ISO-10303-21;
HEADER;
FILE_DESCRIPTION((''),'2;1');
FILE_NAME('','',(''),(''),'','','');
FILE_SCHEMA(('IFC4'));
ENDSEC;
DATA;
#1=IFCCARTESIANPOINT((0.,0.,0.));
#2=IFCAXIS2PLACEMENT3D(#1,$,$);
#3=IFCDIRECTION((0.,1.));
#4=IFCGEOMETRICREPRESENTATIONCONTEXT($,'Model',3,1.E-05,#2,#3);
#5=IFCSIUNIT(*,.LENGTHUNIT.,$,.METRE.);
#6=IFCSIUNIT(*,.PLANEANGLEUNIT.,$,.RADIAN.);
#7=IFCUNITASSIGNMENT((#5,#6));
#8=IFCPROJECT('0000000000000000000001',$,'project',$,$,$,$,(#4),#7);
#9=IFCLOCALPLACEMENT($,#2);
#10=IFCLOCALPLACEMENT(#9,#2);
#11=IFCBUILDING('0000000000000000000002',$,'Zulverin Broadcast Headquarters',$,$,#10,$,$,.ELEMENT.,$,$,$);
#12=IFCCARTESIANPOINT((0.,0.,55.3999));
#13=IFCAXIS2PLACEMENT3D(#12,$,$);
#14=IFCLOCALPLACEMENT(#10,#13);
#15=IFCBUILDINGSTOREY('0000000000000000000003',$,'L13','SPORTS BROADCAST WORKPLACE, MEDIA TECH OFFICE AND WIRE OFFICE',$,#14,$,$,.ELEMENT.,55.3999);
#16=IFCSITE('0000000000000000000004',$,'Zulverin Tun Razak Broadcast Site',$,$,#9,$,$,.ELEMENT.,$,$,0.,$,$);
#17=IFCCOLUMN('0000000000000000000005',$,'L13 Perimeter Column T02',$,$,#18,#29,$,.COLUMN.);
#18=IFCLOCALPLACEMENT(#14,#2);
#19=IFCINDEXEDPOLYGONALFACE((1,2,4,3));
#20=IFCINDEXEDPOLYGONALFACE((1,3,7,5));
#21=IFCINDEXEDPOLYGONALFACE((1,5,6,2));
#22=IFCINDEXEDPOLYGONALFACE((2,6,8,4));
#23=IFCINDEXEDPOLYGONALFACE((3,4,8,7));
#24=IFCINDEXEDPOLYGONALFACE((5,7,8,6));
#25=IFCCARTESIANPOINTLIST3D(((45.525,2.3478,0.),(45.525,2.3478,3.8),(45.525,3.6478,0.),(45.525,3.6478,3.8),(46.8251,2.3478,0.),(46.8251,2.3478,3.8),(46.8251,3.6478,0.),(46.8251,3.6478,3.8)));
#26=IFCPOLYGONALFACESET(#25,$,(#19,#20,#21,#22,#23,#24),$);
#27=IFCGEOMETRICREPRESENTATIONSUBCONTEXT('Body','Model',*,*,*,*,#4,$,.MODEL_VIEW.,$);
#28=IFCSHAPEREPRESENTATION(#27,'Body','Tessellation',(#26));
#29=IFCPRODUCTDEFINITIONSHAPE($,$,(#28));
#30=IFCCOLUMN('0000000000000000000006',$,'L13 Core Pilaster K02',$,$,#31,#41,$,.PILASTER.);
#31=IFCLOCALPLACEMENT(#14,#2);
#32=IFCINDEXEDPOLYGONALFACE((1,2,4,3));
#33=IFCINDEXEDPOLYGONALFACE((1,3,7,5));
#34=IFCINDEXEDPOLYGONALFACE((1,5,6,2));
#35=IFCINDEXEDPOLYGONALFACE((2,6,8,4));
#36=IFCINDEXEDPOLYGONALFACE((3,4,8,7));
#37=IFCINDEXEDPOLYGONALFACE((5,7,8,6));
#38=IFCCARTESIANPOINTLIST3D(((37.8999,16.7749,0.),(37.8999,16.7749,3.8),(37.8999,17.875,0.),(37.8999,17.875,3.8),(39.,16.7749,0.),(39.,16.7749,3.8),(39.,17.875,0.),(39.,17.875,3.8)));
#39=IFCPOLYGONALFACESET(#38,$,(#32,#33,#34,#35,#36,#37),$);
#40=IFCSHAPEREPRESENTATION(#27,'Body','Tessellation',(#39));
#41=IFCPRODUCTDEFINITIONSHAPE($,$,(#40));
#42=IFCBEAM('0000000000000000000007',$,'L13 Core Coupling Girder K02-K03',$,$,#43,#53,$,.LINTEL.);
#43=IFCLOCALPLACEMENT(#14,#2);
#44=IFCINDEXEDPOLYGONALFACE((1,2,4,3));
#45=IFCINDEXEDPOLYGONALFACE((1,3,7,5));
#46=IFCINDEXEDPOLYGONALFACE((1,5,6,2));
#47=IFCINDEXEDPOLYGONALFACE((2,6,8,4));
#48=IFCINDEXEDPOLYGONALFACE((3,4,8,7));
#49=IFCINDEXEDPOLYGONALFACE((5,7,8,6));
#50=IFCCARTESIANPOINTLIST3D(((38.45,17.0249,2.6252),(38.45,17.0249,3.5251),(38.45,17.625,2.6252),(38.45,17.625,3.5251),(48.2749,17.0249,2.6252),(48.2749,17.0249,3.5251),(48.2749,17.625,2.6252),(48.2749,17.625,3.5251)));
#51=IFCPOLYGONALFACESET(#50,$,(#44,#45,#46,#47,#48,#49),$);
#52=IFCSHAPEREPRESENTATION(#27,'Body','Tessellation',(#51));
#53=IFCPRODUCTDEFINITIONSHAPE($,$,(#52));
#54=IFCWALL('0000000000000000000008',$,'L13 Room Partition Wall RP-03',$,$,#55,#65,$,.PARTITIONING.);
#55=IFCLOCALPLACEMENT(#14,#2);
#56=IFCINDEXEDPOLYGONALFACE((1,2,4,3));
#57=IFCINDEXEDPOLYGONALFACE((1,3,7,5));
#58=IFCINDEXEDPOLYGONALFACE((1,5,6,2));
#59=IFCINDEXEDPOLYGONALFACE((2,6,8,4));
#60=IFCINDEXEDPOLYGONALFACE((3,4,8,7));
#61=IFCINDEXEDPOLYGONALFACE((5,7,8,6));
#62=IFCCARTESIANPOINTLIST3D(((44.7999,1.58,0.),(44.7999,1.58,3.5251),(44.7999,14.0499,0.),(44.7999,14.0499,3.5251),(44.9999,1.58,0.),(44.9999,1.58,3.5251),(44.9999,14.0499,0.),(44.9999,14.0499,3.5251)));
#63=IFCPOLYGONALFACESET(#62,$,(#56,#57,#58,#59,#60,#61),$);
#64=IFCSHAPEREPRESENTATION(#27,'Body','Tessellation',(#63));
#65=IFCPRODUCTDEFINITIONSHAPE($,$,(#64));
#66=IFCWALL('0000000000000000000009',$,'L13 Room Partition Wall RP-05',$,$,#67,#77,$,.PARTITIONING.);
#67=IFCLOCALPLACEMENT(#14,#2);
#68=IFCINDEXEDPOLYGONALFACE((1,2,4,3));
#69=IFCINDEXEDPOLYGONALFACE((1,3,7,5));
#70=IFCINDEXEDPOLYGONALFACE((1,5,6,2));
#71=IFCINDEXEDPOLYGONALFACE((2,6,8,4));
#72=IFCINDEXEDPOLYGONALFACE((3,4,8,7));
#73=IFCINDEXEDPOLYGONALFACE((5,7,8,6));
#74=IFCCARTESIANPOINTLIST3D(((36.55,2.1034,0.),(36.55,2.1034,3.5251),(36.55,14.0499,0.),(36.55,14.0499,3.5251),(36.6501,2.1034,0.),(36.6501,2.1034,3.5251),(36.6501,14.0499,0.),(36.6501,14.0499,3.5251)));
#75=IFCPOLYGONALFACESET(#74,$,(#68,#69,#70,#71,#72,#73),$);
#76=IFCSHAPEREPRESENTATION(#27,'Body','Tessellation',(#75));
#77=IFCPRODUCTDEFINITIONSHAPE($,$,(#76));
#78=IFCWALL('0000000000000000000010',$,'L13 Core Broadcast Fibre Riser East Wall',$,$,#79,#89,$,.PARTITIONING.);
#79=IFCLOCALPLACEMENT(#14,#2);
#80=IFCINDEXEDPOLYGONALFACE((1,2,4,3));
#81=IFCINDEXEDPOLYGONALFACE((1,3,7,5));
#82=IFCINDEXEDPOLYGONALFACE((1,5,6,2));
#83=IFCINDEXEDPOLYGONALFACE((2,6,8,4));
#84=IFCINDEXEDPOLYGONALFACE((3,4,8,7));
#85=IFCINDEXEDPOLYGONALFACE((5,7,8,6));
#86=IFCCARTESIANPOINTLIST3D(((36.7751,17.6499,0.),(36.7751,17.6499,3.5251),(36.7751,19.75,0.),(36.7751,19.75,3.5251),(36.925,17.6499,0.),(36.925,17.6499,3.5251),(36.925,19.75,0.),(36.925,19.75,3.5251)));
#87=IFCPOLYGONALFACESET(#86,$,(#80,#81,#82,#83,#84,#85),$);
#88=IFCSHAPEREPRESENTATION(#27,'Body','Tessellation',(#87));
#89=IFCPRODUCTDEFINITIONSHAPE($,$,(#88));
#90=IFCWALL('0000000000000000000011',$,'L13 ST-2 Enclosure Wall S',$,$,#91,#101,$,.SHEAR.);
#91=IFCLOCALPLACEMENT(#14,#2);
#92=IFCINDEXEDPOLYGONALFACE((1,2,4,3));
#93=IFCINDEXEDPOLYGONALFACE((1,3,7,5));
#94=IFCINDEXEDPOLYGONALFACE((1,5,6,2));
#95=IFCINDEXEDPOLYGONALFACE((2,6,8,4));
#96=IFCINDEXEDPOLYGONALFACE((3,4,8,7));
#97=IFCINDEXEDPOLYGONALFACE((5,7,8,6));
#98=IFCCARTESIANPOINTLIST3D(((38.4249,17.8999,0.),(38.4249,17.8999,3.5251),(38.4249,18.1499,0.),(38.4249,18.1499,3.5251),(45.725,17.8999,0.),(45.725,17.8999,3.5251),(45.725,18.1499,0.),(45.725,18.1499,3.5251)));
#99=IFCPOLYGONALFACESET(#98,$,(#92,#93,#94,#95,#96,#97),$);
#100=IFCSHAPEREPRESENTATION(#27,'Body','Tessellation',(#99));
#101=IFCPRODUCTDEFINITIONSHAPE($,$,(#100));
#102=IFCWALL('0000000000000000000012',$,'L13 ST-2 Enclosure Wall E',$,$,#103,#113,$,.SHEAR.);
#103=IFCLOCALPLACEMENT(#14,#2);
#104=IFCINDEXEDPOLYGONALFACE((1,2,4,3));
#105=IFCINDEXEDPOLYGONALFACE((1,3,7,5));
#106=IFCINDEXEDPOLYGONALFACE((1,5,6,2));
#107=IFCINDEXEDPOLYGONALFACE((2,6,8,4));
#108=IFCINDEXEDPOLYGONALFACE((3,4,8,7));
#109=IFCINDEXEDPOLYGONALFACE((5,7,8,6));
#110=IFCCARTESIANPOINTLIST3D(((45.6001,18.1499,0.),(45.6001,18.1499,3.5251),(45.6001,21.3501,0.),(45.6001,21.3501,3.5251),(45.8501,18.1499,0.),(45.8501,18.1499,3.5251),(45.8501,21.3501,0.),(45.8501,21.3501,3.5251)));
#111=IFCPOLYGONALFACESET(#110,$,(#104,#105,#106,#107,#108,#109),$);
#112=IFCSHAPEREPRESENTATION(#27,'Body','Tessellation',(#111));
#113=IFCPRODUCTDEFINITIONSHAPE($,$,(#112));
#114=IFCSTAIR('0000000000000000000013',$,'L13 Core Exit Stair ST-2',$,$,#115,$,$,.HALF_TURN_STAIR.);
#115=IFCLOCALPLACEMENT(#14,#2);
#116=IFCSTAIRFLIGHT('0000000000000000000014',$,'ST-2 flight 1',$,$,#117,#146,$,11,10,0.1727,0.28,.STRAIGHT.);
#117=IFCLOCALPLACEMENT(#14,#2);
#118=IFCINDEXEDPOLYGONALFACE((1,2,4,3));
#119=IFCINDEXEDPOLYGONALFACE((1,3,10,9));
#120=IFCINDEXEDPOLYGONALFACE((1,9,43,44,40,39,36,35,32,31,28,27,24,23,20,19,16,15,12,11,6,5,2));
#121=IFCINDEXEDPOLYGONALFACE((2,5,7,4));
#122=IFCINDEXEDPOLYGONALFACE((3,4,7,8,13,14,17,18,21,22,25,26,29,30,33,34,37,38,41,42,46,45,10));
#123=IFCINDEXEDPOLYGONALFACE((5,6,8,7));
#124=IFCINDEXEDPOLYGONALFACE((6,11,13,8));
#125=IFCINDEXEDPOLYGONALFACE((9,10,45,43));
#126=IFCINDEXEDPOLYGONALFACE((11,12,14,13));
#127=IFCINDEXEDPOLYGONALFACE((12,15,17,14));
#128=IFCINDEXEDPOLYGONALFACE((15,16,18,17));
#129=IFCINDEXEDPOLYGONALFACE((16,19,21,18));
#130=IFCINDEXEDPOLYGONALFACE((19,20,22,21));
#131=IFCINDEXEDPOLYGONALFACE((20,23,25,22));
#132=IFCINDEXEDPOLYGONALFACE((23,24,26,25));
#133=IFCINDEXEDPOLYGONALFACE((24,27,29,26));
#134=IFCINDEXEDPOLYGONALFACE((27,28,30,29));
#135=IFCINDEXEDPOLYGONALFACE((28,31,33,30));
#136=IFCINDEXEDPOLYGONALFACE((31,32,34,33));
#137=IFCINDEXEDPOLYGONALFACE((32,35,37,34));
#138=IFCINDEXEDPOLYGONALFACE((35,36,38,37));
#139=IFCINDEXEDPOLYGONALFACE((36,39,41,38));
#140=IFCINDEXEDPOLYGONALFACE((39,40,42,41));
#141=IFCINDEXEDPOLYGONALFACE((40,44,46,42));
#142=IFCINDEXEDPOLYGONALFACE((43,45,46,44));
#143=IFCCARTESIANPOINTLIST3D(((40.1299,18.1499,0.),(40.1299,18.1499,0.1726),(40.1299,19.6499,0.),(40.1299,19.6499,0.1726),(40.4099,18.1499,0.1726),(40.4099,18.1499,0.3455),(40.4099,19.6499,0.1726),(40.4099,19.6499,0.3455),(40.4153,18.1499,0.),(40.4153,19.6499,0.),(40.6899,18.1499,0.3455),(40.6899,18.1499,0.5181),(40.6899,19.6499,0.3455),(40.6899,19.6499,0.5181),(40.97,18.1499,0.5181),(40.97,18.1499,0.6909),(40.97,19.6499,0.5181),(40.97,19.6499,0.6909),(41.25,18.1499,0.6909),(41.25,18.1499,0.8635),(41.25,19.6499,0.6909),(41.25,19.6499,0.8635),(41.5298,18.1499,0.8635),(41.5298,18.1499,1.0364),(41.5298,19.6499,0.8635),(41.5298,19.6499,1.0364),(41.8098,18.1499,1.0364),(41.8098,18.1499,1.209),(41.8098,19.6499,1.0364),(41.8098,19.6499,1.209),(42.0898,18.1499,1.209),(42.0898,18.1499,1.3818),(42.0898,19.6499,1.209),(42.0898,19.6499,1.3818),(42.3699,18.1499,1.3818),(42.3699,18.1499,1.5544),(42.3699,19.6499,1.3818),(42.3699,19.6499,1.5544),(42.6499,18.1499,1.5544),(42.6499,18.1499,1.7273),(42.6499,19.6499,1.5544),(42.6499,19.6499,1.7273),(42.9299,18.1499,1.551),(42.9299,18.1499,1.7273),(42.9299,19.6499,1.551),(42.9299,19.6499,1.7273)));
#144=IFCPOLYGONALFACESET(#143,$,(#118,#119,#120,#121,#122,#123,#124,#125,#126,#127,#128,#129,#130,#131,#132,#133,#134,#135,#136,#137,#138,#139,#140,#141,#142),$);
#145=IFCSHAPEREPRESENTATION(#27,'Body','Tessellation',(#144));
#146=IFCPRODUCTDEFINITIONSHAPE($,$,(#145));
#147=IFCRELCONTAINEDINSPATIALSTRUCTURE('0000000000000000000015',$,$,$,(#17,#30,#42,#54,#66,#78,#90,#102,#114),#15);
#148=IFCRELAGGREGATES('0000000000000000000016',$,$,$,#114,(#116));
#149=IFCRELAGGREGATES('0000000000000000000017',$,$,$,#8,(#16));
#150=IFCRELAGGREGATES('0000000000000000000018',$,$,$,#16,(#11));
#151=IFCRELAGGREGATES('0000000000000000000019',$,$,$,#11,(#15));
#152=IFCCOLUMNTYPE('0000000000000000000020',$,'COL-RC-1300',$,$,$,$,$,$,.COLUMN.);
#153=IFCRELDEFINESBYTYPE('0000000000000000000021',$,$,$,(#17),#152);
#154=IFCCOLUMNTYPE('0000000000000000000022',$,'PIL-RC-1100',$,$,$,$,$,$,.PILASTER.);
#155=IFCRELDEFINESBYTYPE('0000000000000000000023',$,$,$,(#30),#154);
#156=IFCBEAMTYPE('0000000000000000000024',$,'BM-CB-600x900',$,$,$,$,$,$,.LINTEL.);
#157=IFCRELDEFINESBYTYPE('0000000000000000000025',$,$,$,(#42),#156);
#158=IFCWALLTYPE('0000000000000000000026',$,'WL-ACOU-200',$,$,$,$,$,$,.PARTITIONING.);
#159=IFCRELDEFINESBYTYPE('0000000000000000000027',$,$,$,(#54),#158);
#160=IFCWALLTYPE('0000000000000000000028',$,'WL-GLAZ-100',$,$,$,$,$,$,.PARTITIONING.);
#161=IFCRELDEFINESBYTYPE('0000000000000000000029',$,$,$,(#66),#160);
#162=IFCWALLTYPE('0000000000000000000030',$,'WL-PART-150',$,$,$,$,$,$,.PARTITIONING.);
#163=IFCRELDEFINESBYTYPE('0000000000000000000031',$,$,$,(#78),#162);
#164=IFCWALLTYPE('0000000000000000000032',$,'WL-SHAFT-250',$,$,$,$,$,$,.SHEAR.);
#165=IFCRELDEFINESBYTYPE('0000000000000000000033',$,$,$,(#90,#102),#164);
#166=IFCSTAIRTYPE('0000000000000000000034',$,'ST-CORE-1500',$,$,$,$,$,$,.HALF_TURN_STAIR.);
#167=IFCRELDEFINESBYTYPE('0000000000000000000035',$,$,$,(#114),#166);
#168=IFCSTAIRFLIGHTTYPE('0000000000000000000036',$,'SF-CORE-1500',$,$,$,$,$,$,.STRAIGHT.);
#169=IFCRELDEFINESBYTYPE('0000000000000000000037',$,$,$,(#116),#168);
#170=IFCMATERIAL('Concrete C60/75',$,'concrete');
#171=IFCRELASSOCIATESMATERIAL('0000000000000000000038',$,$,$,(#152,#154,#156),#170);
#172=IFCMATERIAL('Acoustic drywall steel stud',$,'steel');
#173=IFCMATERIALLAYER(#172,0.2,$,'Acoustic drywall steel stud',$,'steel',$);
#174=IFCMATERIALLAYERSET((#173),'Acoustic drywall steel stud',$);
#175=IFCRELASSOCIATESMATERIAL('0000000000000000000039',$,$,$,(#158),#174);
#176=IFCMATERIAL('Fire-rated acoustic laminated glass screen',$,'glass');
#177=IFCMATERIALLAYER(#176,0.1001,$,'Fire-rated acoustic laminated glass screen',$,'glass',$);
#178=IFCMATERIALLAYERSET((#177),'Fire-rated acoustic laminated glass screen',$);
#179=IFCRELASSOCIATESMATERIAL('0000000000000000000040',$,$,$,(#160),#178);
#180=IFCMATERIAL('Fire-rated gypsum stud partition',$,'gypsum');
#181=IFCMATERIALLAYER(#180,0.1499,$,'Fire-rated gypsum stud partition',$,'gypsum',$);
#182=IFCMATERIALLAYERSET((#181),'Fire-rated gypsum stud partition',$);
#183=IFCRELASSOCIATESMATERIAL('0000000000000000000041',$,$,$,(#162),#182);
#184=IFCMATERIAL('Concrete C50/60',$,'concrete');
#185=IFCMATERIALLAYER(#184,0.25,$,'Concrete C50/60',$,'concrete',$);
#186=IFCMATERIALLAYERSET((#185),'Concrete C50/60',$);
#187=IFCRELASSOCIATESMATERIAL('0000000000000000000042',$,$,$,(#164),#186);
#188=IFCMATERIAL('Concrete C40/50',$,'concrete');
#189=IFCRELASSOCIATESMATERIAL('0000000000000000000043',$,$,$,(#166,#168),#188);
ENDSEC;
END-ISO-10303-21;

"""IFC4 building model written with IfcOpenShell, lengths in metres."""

from ifc_helpers import new_model, si_unit, direction, frame, frame_2d, origin, origin_2d, place, context, subcontext, project, spatial, polyline, rectangle, outline, extrude, material, layer, layer_set, material_profile, profile_set, type_object, element, aggregate, save


model = new_model("IFC4")

# Units and contexts
model_context = context("Model", 3, precision=1e-05, world=origin(), true_north=direction((0.0, 1.0)))
body_context = subcontext(model_context, "Body", "Model", "MODEL_VIEW")
ifc_project = project(units=[si_unit("LENGTHUNIT", "METRE"), si_unit("PLANEANGLEUNIT", "RADIAN")], contexts=[model_context])

# Site, building, storey
site_placement = place(None, origin())
site = spatial("IfcSite", under=ifc_project, at=site_placement, Name="Zulverin Tun Razak Broadcast Site", CompositionType="ELEMENT", RefElevation=0.0)
building_placement = place(site_placement, origin())
building = spatial("IfcBuilding", under=site, at=building_placement, Name="Zulverin Broadcast Headquarters", CompositionType="ELEMENT")
storey_placement = place(building_placement, frame((0.0, 0.0, 55.3999)))
storey = spatial("IfcBuildingStorey", under=building, at=storey_placement, Name="L13", Description="SPORTS BROADCAST WORKPLACE, MEDIA TECH OFFICE AND WIRE OFFICE", CompositionType="ELEMENT", Elevation=55.3999)

# Columns
ifc_material_1 = material(Name="Concrete C60/75", Category="concrete")
ifc_material_profile_1 = material_profile(ifc_material_1, rectangle(XDim=1.3, YDim=1.3, at=origin_2d()), Name="Concrete C60/75", Category="concrete")
ifc_profile_set_1 = profile_set([ifc_material_profile_1], Name="Concrete C60/75")
column_type_1 = type_object("IfcColumnType", Name="COL-RC-1300", PredefinedType="COLUMN", material=ifc_profile_set_1)
column_1_placement = place(storey_placement, frame((46.175, 2.9978, 0.0), z_axis=(0.0, 0.0, 1.0), x_axis=(1.0, 0.0, 0.0)))
element("IfcColumn", 1, at=column_1_placement, inside=storey, type_object=column_type_1, Name="L13 Perimeter Column T02", PredefinedType="COLUMN", context=body_context, shape_type="SweptSolid", body=[
    extrude(rectangle(XDim=1.3, YDim=1.3, at=origin_2d()), origin(), (0.0, 0.0, 1.0), 3.8),
])
ifc_material_profile_2 = material_profile(ifc_material_1, rectangle(XDim=1.1001, YDim=1.1001, at=origin_2d()), Name="Concrete C60/75", Category="concrete")
ifc_profile_set_2 = profile_set([ifc_material_profile_2], Name="Concrete C60/75")
column_type_2 = type_object("IfcColumnType", Name="PIL-RC-1100", PredefinedType="PILASTER", material=ifc_profile_set_2)
column_2_placement = place(storey_placement, frame((38.45, 17.325, 0.0), z_axis=(0.0, 0.0, 1.0), x_axis=(1.0, 0.0, 0.0)))
element("IfcColumn", 2, at=column_2_placement, inside=storey, type_object=column_type_2, Name="L13 Core Pilaster K02", PredefinedType="PILASTER", context=body_context, shape_type="SweptSolid", body=[
    extrude(rectangle(XDim=1.1001, YDim=1.1001, at=origin_2d()), origin(), (0.0, 0.0, 1.0), 3.8),
])

# Beam
ifc_material_profile_3 = material_profile(ifc_material_1, rectangle(XDim=0.6001, YDim=0.8999, at=origin_2d()), Name="Concrete C60/75", Category="concrete")
ifc_profile_set_3 = profile_set([ifc_material_profile_3], Name="Concrete C60/75")
beam_type = type_object("IfcBeamType", Name="BM-CB-600x900", PredefinedType="LINTEL", material=ifc_profile_set_3)
beam_placement = place(storey_placement, frame((38.45, 17.325, 3.0752), z_axis=(1.0, 0.0, 0.0), x_axis=(0.0, 1.0, 0.0)))
element("IfcBeam", 3, at=beam_placement, inside=storey, type_object=beam_type, Name="L13 Core Coupling Girder K02-K03", PredefinedType="LINTEL", context=body_context, shape_type="SweptSolid", body=[
    extrude(rectangle(XDim=0.6001, YDim=0.8999, at=origin_2d()), origin(), (0.0, 0.0, 1.0), 9.825),
])

# Walls
ifc_material_2 = material(Name="Acoustic drywall steel stud", Category="steel")
ifc_layer_1 = layer(ifc_material_2, 0.2, Name="Acoustic drywall steel stud", Category="steel")
ifc_layer_set_1 = layer_set([ifc_layer_1], Name="Acoustic drywall steel stud")
wall_type_1 = type_object("IfcWallType", Name="WL-ACOU-200", PredefinedType="PARTITIONING", material=ifc_layer_set_1)
wall_1_placement = place(storey_placement, frame((44.8999, 1.5801, 0.0), z_axis=(0.0, 0.0, 1.0), x_axis=(0.0, 1.0, 0.0)))
element("IfcWall", 4, at=wall_1_placement, inside=storey, type_object=wall_type_1, Name="L13 Room Partition Wall RP-03", PredefinedType="PARTITIONING", context=body_context, shape_type="SweptSolid", body=[
    extrude(rectangle(XDim=12.47, YDim=0.2, at=frame_2d((6.2349, 0.0))), origin(), (0.0, 0.0, 1.0), 3.5251),
])
ifc_material_3 = material(Name="Fire-rated acoustic laminated glass screen", Category="glass")
ifc_layer_2 = layer(ifc_material_3, 0.1001, Name="Fire-rated acoustic laminated glass screen", Category="glass")
ifc_layer_set_2 = layer_set([ifc_layer_2], Name="Fire-rated acoustic laminated glass screen")
wall_type_2 = type_object("IfcWallType", Name="WL-GLAZ-100", PredefinedType="PARTITIONING", material=ifc_layer_set_2)
wall_2_placement = place(storey_placement, frame((36.6001, 2.1035, 0.0), z_axis=(0.0, 0.0, 1.0), x_axis=(0.0, 1.0, 0.0)))
element("IfcWall", 5, at=wall_2_placement, inside=storey, type_object=wall_type_2, Name="L13 Room Partition Wall RP-05", PredefinedType="PARTITIONING", context=body_context, shape_type="SweptSolid", body=[
    extrude(rectangle(XDim=11.9465, YDim=0.1001, at=frame_2d((5.9731, 0.0))), origin(), (0.0, 0.0, 1.0), 3.5251),
])
ifc_material_4 = material(Name="Fire-rated gypsum stud partition", Category="gypsum")
ifc_layer_3 = layer(ifc_material_4, 0.1499, Name="Fire-rated gypsum stud partition", Category="gypsum")
ifc_layer_set_3 = layer_set([ifc_layer_3], Name="Fire-rated gypsum stud partition")
wall_type_3 = type_object("IfcWallType", Name="WL-PART-150", PredefinedType="PARTITIONING", material=ifc_layer_set_3)
wall_3_placement = place(storey_placement, frame((36.8501, 17.6499, 0.0), z_axis=(0.0, 0.0, 1.0), x_axis=(0.0, 1.0, 0.0)))
element("IfcWall", 6, at=wall_3_placement, inside=storey, type_object=wall_type_3, Name="L13 Core Broadcast Fibre Riser East Wall", PredefinedType="PARTITIONING", context=body_context, shape_type="SweptSolid", body=[
    extrude(rectangle(XDim=2.1001, YDim=0.1499, at=frame_2d((1.05, 0.0))), origin(), (0.0, 0.0, 1.0), 3.5251),
])
ifc_material_5 = material(Name="Concrete C50/60", Category="concrete")
ifc_layer_4 = layer(ifc_material_5, 0.25, Name="Concrete C50/60", Category="concrete")
ifc_layer_set_4 = layer_set([ifc_layer_4], Name="Concrete C50/60")
wall_type_4 = type_object("IfcWallType", Name="WL-SHAFT-250", PredefinedType="SHEAR", material=ifc_layer_set_4)
wall_4_placement = place(storey_placement, frame((38.425, 18.0249, 0.0), z_axis=(0.0, 0.0, 1.0), x_axis=(1.0, 0.0, 0.0)))
element("IfcWall", 7, at=wall_4_placement, inside=storey, type_object=wall_type_4, Name="L13 ST-2 Enclosure Wall S", PredefinedType="SHEAR", context=body_context, shape_type="SweptSolid", body=[
    extrude(rectangle(XDim=7.3, YDim=0.25, at=frame_2d((3.6499, 0.0))), origin(), (0.0, 0.0, 1.0), 3.5251),
])

# Wall
wall_5_placement = place(storey_placement, frame((45.7251, 18.1499, 0.0), z_axis=(0.0, 0.0, 1.0), x_axis=(0.0, 1.0, 0.0)))
element("IfcWall", 8, at=wall_5_placement, inside=storey, type_object=wall_type_4, Name="L13 ST-2 Enclosure Wall E", PredefinedType="SHEAR", context=body_context, shape_type="SweptSolid", body=[
    extrude(rectangle(XDim=3.2002, YDim=0.25, at=frame_2d((1.6001, 0.0))), origin(), (0.0, 0.0, 1.0), 3.5251),
])

# Stair, stair flight
ifc_material_6 = material(Name="Concrete C40/50", Category="concrete")
stair_type = type_object("IfcStairType", Name="ST-CORE-1500", PredefinedType="HALF_TURN_STAIR", material=ifc_material_6)
stair_placement = place(storey_placement, origin())
stair = element("IfcStair", 9, at=stair_placement, inside=storey, type_object=stair_type, Name="L13 Core Exit Stair ST-2", PredefinedType="HALF_TURN_STAIR")
stair_flight_type = type_object("IfcStairFlightType", Name="SF-CORE-1500", PredefinedType="STRAIGHT", material=ifc_material_6)
stair_flight_placement = place(storey_placement, frame((40.1299, 18.8999, 0.0), z_axis=(0.0, 0.0, 1.0), x_axis=(1.0, 0.0, 0.0)))
stair_flight = element("IfcStairFlight", 10, at=stair_flight_placement, type_object=stair_flight_type, Name="ST-2 flight 1", NumberOfRisers=11, NumberOfTreads=10, PredefinedType="STRAIGHT", RiserHeight=0.1727, TreadLength=0.28, context=body_context, shape_type="SweptSolid", body=[
    extrude(outline(polyline([(0.0, 0.0), (0.0, 0.1726), (0.28, 0.1726), (0.28, 0.3455), (0.5601, 0.3455), (0.5601, 0.5181), (0.8401, 0.5181), (0.8401, 0.6909), (1.1201, 0.6909), (1.1201, 0.8635), (1.3999, 0.8635), (1.3999, 1.0364), (1.6799, 1.0364), (1.6799, 1.209), (1.96, 1.209), (1.96, 1.3818), (2.24, 1.3818), (2.24, 1.5544), (2.52, 1.5544), (2.52, 1.7273), (2.8, 1.7273), (2.8, 1.8999), (2.8, 1.551), (0.2854, 0.0), (0.0, 0.0)])), frame((0.0, 0.75, 0.0), z_axis=(0.0, -1.0, 0.0), x_axis=(1.0, 0.0, 0.0)), (0.0, 0.0, 1.0), 1.5),
])
aggregate(stair, [stair_flight])

save(model, "model.ifc")
